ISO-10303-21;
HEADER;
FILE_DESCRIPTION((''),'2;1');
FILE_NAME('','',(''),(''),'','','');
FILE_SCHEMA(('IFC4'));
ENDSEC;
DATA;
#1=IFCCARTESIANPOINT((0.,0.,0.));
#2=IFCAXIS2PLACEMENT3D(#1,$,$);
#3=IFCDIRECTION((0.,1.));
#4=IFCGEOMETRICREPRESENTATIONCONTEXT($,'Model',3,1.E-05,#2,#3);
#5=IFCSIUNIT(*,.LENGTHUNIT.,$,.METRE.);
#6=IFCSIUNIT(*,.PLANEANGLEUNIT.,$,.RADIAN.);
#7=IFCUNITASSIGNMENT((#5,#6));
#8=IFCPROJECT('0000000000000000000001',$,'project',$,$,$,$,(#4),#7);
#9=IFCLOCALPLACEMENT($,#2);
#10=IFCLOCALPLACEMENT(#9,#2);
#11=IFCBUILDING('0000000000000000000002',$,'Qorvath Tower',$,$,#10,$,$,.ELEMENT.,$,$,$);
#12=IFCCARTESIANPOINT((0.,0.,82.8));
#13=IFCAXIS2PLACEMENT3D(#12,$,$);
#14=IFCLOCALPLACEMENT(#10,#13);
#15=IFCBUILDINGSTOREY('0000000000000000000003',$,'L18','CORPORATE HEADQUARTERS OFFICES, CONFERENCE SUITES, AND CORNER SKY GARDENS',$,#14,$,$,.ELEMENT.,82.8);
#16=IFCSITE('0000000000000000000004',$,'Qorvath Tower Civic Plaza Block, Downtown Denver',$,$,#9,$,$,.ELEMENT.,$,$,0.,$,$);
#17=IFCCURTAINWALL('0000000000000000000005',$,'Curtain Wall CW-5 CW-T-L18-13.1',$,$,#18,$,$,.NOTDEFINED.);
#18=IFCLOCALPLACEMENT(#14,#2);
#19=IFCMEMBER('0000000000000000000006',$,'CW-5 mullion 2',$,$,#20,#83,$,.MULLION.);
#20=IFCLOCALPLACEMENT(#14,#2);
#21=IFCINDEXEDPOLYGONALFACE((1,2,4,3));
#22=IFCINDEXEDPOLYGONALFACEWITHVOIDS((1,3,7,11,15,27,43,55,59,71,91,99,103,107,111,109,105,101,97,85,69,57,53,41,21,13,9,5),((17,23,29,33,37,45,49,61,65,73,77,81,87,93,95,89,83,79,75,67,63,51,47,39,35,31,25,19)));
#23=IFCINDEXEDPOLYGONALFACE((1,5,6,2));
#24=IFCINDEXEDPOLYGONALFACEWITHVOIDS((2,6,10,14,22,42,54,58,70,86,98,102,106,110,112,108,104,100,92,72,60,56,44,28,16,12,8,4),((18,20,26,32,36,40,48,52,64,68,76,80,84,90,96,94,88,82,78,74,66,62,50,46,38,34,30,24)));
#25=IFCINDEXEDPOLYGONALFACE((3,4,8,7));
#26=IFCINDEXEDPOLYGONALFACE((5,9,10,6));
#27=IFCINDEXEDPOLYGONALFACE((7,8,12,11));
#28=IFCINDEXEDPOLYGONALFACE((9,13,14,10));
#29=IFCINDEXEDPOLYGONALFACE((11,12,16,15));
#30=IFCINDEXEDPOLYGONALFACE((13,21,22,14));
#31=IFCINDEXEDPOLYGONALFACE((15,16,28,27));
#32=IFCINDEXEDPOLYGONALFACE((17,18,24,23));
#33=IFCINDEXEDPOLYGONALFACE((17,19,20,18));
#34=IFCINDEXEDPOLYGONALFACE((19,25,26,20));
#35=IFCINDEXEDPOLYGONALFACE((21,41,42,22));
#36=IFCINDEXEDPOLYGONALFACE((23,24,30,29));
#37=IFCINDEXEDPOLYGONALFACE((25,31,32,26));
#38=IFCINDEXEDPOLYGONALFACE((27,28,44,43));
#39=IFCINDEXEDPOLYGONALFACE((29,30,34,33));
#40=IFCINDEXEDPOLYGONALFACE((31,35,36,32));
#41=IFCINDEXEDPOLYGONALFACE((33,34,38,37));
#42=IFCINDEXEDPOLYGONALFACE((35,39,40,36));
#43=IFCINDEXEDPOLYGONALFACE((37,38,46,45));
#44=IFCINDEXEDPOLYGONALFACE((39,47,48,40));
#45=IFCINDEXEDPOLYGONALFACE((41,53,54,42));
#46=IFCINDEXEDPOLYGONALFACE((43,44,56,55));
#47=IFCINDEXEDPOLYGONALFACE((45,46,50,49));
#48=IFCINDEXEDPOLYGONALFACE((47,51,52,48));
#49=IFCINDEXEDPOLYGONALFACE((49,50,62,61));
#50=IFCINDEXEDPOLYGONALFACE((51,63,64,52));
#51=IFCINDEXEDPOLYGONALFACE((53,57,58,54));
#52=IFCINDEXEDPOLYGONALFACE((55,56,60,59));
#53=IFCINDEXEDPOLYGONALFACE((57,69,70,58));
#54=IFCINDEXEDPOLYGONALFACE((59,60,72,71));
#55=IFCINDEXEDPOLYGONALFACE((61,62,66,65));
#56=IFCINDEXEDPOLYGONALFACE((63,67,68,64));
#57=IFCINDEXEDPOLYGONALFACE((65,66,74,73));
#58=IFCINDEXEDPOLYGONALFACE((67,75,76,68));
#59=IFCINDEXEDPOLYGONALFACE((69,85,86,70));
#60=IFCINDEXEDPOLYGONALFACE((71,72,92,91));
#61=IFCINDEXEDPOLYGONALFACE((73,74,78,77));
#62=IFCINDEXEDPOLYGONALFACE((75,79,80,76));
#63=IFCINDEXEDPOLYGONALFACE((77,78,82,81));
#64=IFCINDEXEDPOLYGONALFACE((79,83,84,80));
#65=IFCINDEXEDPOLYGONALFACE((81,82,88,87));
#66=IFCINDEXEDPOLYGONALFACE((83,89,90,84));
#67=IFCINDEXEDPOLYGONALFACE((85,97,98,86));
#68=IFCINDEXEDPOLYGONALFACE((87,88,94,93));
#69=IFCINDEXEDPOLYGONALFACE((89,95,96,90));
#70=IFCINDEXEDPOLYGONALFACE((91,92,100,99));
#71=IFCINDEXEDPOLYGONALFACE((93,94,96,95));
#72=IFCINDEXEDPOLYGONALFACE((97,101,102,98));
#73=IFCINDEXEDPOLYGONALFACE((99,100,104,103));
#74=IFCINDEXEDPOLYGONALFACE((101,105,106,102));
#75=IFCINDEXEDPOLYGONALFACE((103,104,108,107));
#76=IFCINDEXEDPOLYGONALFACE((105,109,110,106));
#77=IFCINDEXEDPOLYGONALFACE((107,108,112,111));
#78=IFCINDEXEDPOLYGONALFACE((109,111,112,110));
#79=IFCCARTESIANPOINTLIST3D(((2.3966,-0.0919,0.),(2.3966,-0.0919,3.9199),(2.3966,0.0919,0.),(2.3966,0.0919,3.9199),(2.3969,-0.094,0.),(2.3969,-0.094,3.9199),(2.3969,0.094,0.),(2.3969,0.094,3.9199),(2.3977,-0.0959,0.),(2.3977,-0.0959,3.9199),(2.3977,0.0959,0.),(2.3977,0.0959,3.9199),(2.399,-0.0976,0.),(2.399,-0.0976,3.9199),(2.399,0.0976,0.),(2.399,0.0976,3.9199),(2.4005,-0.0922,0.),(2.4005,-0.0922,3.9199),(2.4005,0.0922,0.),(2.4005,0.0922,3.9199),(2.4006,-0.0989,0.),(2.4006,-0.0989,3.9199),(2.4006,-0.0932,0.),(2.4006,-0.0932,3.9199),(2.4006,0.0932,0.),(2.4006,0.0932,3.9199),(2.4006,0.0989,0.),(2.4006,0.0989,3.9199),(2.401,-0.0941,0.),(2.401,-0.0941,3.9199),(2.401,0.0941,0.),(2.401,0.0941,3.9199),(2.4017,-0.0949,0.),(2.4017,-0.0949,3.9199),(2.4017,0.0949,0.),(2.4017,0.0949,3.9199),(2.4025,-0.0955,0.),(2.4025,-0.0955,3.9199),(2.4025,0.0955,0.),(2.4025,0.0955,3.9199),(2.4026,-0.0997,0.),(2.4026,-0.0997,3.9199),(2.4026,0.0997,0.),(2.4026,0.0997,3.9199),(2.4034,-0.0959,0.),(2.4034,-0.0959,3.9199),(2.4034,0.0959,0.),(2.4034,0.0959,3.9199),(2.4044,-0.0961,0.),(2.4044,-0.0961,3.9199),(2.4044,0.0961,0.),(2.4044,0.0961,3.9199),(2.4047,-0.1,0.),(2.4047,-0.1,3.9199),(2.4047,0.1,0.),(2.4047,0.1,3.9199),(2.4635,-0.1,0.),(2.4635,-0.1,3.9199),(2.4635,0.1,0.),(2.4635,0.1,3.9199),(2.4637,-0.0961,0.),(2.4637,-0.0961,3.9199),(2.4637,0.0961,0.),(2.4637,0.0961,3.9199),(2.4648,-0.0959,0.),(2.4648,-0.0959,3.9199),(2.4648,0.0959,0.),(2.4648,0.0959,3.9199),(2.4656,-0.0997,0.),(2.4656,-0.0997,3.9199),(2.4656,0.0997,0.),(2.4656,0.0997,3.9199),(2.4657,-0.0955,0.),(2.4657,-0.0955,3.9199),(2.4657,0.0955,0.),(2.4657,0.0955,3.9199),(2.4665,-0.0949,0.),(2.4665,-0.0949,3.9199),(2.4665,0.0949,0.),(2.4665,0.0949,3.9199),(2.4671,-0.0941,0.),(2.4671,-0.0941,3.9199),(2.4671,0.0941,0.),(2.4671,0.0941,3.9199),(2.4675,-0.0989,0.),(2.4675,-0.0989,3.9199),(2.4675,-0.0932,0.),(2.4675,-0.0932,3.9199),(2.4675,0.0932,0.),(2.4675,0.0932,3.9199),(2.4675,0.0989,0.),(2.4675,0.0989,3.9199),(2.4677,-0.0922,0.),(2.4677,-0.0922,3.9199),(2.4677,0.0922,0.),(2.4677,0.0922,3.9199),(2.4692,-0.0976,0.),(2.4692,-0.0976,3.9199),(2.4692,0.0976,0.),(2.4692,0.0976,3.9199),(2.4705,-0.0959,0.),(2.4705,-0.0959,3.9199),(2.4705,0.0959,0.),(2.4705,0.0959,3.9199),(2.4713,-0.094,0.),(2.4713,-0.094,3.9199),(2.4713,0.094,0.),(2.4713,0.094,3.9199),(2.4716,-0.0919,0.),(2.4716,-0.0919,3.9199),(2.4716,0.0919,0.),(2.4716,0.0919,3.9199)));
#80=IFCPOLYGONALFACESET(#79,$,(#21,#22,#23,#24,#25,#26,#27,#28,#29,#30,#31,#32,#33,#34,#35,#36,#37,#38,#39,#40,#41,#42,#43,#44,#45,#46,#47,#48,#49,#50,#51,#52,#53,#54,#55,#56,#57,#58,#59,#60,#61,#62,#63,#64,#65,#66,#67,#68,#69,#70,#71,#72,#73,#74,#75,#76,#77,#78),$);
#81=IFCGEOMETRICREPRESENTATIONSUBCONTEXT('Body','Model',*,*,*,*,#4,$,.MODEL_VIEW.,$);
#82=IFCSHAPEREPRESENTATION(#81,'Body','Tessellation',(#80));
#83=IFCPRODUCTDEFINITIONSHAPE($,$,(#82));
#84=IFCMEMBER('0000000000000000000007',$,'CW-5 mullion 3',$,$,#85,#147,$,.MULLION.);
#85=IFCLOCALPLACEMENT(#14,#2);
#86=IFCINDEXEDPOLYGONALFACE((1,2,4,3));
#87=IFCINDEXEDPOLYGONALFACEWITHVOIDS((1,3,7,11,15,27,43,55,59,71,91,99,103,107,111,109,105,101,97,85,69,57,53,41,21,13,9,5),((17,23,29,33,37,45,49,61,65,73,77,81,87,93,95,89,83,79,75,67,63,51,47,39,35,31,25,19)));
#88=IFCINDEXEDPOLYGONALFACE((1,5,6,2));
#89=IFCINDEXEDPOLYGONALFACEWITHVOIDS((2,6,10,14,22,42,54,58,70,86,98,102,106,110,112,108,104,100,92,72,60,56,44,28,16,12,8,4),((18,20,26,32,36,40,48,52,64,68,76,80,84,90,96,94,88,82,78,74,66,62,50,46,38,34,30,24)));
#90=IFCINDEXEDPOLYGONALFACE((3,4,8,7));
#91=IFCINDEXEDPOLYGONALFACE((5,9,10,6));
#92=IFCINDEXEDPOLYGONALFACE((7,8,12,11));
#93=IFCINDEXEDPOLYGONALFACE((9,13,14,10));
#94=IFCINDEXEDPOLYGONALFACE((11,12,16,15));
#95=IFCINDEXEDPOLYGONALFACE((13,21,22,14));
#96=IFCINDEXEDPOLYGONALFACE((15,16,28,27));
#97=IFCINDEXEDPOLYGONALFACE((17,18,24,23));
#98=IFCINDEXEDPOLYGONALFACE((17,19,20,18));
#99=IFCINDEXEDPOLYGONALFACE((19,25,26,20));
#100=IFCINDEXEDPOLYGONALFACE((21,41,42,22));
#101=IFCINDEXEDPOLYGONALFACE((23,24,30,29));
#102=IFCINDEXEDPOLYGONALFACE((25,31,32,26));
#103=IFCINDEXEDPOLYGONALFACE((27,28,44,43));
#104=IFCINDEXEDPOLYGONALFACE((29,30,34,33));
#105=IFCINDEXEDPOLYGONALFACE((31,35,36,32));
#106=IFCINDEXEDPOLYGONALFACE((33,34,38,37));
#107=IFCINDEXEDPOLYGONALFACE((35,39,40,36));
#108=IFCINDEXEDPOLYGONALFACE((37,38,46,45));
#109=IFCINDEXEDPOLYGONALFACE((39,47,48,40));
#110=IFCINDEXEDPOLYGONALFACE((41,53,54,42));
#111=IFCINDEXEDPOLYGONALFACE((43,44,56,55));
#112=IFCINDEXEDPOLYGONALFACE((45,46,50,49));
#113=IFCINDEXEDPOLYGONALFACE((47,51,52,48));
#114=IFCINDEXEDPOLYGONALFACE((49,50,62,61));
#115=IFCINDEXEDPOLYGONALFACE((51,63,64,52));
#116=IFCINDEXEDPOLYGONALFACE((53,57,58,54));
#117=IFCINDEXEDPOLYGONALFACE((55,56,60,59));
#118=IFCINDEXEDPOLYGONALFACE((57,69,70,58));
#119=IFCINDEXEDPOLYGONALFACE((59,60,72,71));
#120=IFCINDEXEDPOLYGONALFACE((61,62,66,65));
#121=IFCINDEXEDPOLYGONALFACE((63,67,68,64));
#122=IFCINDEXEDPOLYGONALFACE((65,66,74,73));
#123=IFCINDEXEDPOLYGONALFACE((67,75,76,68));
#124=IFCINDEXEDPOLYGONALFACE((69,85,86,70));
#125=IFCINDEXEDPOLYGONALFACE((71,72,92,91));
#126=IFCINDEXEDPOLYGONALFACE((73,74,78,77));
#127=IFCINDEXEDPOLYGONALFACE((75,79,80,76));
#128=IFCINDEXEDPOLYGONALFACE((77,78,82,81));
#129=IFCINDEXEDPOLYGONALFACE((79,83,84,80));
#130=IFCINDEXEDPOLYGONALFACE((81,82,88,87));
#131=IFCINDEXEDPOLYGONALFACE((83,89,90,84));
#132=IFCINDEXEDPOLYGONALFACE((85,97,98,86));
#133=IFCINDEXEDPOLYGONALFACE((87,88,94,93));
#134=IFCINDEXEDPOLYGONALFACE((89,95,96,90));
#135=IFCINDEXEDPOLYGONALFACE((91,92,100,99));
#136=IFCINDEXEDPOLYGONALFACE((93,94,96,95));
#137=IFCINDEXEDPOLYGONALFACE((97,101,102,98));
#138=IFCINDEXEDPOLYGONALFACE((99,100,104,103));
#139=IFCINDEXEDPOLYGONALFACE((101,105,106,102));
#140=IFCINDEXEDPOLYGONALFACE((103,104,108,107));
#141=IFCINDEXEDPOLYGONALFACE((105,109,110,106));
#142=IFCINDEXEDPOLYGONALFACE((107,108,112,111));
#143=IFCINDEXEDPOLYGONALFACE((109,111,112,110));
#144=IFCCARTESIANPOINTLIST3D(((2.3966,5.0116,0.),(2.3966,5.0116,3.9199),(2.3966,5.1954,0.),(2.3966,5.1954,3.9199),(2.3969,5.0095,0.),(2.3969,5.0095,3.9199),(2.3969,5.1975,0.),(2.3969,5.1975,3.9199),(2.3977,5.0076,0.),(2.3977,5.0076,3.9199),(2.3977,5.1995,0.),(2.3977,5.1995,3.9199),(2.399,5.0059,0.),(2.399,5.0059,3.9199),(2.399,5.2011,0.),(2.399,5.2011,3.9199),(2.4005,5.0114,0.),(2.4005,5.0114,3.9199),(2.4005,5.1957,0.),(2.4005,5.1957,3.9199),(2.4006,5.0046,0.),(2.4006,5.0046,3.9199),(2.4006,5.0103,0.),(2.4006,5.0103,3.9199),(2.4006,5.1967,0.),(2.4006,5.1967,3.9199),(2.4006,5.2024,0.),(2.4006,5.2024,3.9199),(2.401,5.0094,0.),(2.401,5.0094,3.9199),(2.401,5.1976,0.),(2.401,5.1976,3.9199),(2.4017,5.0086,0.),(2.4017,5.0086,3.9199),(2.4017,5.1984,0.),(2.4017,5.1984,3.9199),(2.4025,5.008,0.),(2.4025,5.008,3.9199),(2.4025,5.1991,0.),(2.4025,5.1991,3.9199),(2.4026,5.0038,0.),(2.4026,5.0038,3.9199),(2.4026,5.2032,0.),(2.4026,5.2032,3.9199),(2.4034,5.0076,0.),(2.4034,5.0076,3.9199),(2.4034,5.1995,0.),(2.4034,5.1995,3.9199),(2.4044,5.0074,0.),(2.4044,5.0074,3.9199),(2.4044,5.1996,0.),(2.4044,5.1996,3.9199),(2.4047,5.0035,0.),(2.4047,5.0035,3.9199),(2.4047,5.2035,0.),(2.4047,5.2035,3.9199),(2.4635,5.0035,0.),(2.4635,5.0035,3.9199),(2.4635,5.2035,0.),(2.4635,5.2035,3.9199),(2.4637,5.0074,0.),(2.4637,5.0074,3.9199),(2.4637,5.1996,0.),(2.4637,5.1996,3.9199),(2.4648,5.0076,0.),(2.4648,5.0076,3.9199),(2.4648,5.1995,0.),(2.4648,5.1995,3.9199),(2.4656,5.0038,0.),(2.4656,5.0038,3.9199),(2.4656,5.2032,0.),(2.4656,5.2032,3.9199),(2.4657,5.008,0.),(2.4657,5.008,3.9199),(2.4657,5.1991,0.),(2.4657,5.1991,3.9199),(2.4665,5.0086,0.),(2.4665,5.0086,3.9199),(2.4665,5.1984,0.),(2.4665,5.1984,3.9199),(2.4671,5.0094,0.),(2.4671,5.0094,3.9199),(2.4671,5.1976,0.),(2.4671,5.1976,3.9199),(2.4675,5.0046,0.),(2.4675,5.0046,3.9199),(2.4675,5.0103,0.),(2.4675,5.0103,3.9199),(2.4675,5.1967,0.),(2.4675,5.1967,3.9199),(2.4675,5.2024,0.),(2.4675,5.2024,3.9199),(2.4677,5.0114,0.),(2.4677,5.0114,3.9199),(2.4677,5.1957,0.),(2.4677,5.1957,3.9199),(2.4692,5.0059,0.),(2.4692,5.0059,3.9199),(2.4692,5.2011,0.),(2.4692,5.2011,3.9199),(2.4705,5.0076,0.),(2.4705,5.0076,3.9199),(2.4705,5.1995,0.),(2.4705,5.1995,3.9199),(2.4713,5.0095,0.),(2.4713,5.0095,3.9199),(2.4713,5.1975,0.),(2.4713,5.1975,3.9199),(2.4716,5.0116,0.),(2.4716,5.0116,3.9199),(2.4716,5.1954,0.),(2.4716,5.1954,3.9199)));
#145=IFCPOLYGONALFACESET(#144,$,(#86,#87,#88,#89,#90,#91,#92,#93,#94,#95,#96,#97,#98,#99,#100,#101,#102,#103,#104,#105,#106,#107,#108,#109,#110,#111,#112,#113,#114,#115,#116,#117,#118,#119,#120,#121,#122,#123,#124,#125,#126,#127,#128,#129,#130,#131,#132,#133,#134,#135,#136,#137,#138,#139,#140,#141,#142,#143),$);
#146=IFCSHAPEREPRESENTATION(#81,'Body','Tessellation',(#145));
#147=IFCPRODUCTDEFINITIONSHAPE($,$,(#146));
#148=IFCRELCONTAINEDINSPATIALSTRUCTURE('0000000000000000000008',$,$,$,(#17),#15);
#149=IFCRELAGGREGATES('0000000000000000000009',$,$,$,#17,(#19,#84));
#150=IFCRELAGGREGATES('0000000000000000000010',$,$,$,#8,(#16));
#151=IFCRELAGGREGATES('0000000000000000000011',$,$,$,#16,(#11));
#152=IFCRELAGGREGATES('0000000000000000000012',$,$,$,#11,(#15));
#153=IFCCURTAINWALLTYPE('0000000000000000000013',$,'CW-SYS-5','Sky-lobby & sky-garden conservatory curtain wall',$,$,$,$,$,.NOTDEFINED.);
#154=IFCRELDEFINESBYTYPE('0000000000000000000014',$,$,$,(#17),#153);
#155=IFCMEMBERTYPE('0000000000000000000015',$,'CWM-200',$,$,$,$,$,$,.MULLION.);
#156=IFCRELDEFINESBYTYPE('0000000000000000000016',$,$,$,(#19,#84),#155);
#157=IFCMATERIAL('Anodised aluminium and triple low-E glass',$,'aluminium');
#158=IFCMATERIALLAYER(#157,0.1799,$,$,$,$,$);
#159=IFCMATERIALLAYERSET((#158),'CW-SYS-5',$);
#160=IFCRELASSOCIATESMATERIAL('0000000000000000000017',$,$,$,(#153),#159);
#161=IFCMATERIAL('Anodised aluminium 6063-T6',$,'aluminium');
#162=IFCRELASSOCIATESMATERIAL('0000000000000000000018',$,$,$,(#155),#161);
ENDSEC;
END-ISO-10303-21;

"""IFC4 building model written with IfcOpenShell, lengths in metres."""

from ifc_helpers import new_model, si_unit, direction, frame, origin, origin_2d, place, context, subcontext, project, spatial, hollow_rectangle, extrude, material, layer, layer_set, material_profile, profile_set, type_object, element, aggregate, save


model = new_model("IFC4")

# Units and contexts
model_context = context("Model", 3, precision=1e-05, world=origin(), true_north=direction((0.0, 1.0)))
body_context = subcontext(model_context, "Body", "Model", "MODEL_VIEW")
ifc_project = project(units=[si_unit("LENGTHUNIT", "METRE"), si_unit("PLANEANGLEUNIT", "RADIAN")], contexts=[model_context])

# Site, building, storey
site_placement = place(None, origin())
site = spatial("IfcSite", under=ifc_project, at=site_placement, Name="Qorvath Tower Civic Plaza Block, Downtown Denver", CompositionType="ELEMENT", RefElevation=0.0)
building_placement = place(site_placement, origin())
building = spatial("IfcBuilding", under=site, at=building_placement, Name="Qorvath Tower", CompositionType="ELEMENT")
storey_placement = place(building_placement, frame((0.0, 0.0, 82.8)))
storey = spatial("IfcBuildingStorey", under=building, at=storey_placement, Name="L18", Description="CORPORATE HEADQUARTERS OFFICES, CONFERENCE SUITES, AND CORNER SKY GARDENS", CompositionType="ELEMENT", Elevation=82.8)

# Curtain wall, members
ifc_material_1 = material(Name="Anodised aluminium and triple low-E glass", Category="aluminium")
ifc_layer_1 = layer(ifc_material_1, 0.1799)
ifc_layer_set_1 = layer_set([ifc_layer_1], Name="CW-SYS-5")
curtain_wall_type = type_object("IfcCurtainWallType", Name="CW-SYS-5", Description="Sky-lobby & sky-garden conservatory curtain wall", PredefinedType="NOTDEFINED", material=ifc_layer_set_1)
curtain_wall_1_placement = place(storey_placement, origin())
curtain_wall_1 = element("IfcCurtainWall", 1, at=curtain_wall_1_placement, inside=storey, type_object=curtain_wall_type, Name="Curtain Wall CW-5 CW-T-L18-13.1", PredefinedType="NOTDEFINED")
ifc_material_2 = material(Name="Anodised aluminium 6063-T6", Category="aluminium")
ifc_material_profile_1 = material_profile(ifc_material_2, hollow_rectangle(XDim=0.075, YDim=0.2, WallThickness=0.0039, InnerFilletRadius=0.0039, OuterFilletRadius=0.0081, at=origin_2d()), Name="CWM 200x75")
ifc_profile_set_1 = profile_set([ifc_material_profile_1], Name="Anodised aluminium 6063-T6")
member_type_1 = type_object("IfcMemberType", Name="CWM-200", PredefinedType="MULLION", material=ifc_profile_set_1)
member_1_placement = place(storey_placement, frame((2.4341, 0.0, 0.0), z_axis=(0.0, 0.0, 1.0), x_axis=(-1.0, 0.0, 0.0)))
member_1 = element("IfcMember", 2, at=member_1_placement, type_object=member_type_1, Name="CW-5 mullion 2", PredefinedType="MULLION", context=body_context, shape_type="SweptSolid", body=[
    extrude(hollow_rectangle(XDim=0.075, YDim=0.2, WallThickness=0.0039, InnerFilletRadius=0.0039, OuterFilletRadius=0.0081, at=origin_2d()), origin(), (0.0, 0.0, 1.0), 3.9199),
])
member_2_placement = place(storey_placement, frame((2.4341, 5.1035, 0.0), z_axis=(0.0, 0.0, 1.0), x_axis=(-1.0, 0.0, 0.0)))
member_2 = element("IfcMember", 3, at=member_2_placement, type_object=member_type_1, Name="CW-5 mullion 3", PredefinedType="MULLION", context=body_context, shape_type="SweptSolid", body=[
    extrude(hollow_rectangle(XDim=0.075, YDim=0.2, WallThickness=0.0039, InnerFilletRadius=0.0039, OuterFilletRadius=0.0081, at=origin_2d()), origin(), (0.0, 0.0, 1.0), 3.9199),
])

aggregate(curtain_wall_1, [member_1, member_2])

save(model, "model.ifc")
